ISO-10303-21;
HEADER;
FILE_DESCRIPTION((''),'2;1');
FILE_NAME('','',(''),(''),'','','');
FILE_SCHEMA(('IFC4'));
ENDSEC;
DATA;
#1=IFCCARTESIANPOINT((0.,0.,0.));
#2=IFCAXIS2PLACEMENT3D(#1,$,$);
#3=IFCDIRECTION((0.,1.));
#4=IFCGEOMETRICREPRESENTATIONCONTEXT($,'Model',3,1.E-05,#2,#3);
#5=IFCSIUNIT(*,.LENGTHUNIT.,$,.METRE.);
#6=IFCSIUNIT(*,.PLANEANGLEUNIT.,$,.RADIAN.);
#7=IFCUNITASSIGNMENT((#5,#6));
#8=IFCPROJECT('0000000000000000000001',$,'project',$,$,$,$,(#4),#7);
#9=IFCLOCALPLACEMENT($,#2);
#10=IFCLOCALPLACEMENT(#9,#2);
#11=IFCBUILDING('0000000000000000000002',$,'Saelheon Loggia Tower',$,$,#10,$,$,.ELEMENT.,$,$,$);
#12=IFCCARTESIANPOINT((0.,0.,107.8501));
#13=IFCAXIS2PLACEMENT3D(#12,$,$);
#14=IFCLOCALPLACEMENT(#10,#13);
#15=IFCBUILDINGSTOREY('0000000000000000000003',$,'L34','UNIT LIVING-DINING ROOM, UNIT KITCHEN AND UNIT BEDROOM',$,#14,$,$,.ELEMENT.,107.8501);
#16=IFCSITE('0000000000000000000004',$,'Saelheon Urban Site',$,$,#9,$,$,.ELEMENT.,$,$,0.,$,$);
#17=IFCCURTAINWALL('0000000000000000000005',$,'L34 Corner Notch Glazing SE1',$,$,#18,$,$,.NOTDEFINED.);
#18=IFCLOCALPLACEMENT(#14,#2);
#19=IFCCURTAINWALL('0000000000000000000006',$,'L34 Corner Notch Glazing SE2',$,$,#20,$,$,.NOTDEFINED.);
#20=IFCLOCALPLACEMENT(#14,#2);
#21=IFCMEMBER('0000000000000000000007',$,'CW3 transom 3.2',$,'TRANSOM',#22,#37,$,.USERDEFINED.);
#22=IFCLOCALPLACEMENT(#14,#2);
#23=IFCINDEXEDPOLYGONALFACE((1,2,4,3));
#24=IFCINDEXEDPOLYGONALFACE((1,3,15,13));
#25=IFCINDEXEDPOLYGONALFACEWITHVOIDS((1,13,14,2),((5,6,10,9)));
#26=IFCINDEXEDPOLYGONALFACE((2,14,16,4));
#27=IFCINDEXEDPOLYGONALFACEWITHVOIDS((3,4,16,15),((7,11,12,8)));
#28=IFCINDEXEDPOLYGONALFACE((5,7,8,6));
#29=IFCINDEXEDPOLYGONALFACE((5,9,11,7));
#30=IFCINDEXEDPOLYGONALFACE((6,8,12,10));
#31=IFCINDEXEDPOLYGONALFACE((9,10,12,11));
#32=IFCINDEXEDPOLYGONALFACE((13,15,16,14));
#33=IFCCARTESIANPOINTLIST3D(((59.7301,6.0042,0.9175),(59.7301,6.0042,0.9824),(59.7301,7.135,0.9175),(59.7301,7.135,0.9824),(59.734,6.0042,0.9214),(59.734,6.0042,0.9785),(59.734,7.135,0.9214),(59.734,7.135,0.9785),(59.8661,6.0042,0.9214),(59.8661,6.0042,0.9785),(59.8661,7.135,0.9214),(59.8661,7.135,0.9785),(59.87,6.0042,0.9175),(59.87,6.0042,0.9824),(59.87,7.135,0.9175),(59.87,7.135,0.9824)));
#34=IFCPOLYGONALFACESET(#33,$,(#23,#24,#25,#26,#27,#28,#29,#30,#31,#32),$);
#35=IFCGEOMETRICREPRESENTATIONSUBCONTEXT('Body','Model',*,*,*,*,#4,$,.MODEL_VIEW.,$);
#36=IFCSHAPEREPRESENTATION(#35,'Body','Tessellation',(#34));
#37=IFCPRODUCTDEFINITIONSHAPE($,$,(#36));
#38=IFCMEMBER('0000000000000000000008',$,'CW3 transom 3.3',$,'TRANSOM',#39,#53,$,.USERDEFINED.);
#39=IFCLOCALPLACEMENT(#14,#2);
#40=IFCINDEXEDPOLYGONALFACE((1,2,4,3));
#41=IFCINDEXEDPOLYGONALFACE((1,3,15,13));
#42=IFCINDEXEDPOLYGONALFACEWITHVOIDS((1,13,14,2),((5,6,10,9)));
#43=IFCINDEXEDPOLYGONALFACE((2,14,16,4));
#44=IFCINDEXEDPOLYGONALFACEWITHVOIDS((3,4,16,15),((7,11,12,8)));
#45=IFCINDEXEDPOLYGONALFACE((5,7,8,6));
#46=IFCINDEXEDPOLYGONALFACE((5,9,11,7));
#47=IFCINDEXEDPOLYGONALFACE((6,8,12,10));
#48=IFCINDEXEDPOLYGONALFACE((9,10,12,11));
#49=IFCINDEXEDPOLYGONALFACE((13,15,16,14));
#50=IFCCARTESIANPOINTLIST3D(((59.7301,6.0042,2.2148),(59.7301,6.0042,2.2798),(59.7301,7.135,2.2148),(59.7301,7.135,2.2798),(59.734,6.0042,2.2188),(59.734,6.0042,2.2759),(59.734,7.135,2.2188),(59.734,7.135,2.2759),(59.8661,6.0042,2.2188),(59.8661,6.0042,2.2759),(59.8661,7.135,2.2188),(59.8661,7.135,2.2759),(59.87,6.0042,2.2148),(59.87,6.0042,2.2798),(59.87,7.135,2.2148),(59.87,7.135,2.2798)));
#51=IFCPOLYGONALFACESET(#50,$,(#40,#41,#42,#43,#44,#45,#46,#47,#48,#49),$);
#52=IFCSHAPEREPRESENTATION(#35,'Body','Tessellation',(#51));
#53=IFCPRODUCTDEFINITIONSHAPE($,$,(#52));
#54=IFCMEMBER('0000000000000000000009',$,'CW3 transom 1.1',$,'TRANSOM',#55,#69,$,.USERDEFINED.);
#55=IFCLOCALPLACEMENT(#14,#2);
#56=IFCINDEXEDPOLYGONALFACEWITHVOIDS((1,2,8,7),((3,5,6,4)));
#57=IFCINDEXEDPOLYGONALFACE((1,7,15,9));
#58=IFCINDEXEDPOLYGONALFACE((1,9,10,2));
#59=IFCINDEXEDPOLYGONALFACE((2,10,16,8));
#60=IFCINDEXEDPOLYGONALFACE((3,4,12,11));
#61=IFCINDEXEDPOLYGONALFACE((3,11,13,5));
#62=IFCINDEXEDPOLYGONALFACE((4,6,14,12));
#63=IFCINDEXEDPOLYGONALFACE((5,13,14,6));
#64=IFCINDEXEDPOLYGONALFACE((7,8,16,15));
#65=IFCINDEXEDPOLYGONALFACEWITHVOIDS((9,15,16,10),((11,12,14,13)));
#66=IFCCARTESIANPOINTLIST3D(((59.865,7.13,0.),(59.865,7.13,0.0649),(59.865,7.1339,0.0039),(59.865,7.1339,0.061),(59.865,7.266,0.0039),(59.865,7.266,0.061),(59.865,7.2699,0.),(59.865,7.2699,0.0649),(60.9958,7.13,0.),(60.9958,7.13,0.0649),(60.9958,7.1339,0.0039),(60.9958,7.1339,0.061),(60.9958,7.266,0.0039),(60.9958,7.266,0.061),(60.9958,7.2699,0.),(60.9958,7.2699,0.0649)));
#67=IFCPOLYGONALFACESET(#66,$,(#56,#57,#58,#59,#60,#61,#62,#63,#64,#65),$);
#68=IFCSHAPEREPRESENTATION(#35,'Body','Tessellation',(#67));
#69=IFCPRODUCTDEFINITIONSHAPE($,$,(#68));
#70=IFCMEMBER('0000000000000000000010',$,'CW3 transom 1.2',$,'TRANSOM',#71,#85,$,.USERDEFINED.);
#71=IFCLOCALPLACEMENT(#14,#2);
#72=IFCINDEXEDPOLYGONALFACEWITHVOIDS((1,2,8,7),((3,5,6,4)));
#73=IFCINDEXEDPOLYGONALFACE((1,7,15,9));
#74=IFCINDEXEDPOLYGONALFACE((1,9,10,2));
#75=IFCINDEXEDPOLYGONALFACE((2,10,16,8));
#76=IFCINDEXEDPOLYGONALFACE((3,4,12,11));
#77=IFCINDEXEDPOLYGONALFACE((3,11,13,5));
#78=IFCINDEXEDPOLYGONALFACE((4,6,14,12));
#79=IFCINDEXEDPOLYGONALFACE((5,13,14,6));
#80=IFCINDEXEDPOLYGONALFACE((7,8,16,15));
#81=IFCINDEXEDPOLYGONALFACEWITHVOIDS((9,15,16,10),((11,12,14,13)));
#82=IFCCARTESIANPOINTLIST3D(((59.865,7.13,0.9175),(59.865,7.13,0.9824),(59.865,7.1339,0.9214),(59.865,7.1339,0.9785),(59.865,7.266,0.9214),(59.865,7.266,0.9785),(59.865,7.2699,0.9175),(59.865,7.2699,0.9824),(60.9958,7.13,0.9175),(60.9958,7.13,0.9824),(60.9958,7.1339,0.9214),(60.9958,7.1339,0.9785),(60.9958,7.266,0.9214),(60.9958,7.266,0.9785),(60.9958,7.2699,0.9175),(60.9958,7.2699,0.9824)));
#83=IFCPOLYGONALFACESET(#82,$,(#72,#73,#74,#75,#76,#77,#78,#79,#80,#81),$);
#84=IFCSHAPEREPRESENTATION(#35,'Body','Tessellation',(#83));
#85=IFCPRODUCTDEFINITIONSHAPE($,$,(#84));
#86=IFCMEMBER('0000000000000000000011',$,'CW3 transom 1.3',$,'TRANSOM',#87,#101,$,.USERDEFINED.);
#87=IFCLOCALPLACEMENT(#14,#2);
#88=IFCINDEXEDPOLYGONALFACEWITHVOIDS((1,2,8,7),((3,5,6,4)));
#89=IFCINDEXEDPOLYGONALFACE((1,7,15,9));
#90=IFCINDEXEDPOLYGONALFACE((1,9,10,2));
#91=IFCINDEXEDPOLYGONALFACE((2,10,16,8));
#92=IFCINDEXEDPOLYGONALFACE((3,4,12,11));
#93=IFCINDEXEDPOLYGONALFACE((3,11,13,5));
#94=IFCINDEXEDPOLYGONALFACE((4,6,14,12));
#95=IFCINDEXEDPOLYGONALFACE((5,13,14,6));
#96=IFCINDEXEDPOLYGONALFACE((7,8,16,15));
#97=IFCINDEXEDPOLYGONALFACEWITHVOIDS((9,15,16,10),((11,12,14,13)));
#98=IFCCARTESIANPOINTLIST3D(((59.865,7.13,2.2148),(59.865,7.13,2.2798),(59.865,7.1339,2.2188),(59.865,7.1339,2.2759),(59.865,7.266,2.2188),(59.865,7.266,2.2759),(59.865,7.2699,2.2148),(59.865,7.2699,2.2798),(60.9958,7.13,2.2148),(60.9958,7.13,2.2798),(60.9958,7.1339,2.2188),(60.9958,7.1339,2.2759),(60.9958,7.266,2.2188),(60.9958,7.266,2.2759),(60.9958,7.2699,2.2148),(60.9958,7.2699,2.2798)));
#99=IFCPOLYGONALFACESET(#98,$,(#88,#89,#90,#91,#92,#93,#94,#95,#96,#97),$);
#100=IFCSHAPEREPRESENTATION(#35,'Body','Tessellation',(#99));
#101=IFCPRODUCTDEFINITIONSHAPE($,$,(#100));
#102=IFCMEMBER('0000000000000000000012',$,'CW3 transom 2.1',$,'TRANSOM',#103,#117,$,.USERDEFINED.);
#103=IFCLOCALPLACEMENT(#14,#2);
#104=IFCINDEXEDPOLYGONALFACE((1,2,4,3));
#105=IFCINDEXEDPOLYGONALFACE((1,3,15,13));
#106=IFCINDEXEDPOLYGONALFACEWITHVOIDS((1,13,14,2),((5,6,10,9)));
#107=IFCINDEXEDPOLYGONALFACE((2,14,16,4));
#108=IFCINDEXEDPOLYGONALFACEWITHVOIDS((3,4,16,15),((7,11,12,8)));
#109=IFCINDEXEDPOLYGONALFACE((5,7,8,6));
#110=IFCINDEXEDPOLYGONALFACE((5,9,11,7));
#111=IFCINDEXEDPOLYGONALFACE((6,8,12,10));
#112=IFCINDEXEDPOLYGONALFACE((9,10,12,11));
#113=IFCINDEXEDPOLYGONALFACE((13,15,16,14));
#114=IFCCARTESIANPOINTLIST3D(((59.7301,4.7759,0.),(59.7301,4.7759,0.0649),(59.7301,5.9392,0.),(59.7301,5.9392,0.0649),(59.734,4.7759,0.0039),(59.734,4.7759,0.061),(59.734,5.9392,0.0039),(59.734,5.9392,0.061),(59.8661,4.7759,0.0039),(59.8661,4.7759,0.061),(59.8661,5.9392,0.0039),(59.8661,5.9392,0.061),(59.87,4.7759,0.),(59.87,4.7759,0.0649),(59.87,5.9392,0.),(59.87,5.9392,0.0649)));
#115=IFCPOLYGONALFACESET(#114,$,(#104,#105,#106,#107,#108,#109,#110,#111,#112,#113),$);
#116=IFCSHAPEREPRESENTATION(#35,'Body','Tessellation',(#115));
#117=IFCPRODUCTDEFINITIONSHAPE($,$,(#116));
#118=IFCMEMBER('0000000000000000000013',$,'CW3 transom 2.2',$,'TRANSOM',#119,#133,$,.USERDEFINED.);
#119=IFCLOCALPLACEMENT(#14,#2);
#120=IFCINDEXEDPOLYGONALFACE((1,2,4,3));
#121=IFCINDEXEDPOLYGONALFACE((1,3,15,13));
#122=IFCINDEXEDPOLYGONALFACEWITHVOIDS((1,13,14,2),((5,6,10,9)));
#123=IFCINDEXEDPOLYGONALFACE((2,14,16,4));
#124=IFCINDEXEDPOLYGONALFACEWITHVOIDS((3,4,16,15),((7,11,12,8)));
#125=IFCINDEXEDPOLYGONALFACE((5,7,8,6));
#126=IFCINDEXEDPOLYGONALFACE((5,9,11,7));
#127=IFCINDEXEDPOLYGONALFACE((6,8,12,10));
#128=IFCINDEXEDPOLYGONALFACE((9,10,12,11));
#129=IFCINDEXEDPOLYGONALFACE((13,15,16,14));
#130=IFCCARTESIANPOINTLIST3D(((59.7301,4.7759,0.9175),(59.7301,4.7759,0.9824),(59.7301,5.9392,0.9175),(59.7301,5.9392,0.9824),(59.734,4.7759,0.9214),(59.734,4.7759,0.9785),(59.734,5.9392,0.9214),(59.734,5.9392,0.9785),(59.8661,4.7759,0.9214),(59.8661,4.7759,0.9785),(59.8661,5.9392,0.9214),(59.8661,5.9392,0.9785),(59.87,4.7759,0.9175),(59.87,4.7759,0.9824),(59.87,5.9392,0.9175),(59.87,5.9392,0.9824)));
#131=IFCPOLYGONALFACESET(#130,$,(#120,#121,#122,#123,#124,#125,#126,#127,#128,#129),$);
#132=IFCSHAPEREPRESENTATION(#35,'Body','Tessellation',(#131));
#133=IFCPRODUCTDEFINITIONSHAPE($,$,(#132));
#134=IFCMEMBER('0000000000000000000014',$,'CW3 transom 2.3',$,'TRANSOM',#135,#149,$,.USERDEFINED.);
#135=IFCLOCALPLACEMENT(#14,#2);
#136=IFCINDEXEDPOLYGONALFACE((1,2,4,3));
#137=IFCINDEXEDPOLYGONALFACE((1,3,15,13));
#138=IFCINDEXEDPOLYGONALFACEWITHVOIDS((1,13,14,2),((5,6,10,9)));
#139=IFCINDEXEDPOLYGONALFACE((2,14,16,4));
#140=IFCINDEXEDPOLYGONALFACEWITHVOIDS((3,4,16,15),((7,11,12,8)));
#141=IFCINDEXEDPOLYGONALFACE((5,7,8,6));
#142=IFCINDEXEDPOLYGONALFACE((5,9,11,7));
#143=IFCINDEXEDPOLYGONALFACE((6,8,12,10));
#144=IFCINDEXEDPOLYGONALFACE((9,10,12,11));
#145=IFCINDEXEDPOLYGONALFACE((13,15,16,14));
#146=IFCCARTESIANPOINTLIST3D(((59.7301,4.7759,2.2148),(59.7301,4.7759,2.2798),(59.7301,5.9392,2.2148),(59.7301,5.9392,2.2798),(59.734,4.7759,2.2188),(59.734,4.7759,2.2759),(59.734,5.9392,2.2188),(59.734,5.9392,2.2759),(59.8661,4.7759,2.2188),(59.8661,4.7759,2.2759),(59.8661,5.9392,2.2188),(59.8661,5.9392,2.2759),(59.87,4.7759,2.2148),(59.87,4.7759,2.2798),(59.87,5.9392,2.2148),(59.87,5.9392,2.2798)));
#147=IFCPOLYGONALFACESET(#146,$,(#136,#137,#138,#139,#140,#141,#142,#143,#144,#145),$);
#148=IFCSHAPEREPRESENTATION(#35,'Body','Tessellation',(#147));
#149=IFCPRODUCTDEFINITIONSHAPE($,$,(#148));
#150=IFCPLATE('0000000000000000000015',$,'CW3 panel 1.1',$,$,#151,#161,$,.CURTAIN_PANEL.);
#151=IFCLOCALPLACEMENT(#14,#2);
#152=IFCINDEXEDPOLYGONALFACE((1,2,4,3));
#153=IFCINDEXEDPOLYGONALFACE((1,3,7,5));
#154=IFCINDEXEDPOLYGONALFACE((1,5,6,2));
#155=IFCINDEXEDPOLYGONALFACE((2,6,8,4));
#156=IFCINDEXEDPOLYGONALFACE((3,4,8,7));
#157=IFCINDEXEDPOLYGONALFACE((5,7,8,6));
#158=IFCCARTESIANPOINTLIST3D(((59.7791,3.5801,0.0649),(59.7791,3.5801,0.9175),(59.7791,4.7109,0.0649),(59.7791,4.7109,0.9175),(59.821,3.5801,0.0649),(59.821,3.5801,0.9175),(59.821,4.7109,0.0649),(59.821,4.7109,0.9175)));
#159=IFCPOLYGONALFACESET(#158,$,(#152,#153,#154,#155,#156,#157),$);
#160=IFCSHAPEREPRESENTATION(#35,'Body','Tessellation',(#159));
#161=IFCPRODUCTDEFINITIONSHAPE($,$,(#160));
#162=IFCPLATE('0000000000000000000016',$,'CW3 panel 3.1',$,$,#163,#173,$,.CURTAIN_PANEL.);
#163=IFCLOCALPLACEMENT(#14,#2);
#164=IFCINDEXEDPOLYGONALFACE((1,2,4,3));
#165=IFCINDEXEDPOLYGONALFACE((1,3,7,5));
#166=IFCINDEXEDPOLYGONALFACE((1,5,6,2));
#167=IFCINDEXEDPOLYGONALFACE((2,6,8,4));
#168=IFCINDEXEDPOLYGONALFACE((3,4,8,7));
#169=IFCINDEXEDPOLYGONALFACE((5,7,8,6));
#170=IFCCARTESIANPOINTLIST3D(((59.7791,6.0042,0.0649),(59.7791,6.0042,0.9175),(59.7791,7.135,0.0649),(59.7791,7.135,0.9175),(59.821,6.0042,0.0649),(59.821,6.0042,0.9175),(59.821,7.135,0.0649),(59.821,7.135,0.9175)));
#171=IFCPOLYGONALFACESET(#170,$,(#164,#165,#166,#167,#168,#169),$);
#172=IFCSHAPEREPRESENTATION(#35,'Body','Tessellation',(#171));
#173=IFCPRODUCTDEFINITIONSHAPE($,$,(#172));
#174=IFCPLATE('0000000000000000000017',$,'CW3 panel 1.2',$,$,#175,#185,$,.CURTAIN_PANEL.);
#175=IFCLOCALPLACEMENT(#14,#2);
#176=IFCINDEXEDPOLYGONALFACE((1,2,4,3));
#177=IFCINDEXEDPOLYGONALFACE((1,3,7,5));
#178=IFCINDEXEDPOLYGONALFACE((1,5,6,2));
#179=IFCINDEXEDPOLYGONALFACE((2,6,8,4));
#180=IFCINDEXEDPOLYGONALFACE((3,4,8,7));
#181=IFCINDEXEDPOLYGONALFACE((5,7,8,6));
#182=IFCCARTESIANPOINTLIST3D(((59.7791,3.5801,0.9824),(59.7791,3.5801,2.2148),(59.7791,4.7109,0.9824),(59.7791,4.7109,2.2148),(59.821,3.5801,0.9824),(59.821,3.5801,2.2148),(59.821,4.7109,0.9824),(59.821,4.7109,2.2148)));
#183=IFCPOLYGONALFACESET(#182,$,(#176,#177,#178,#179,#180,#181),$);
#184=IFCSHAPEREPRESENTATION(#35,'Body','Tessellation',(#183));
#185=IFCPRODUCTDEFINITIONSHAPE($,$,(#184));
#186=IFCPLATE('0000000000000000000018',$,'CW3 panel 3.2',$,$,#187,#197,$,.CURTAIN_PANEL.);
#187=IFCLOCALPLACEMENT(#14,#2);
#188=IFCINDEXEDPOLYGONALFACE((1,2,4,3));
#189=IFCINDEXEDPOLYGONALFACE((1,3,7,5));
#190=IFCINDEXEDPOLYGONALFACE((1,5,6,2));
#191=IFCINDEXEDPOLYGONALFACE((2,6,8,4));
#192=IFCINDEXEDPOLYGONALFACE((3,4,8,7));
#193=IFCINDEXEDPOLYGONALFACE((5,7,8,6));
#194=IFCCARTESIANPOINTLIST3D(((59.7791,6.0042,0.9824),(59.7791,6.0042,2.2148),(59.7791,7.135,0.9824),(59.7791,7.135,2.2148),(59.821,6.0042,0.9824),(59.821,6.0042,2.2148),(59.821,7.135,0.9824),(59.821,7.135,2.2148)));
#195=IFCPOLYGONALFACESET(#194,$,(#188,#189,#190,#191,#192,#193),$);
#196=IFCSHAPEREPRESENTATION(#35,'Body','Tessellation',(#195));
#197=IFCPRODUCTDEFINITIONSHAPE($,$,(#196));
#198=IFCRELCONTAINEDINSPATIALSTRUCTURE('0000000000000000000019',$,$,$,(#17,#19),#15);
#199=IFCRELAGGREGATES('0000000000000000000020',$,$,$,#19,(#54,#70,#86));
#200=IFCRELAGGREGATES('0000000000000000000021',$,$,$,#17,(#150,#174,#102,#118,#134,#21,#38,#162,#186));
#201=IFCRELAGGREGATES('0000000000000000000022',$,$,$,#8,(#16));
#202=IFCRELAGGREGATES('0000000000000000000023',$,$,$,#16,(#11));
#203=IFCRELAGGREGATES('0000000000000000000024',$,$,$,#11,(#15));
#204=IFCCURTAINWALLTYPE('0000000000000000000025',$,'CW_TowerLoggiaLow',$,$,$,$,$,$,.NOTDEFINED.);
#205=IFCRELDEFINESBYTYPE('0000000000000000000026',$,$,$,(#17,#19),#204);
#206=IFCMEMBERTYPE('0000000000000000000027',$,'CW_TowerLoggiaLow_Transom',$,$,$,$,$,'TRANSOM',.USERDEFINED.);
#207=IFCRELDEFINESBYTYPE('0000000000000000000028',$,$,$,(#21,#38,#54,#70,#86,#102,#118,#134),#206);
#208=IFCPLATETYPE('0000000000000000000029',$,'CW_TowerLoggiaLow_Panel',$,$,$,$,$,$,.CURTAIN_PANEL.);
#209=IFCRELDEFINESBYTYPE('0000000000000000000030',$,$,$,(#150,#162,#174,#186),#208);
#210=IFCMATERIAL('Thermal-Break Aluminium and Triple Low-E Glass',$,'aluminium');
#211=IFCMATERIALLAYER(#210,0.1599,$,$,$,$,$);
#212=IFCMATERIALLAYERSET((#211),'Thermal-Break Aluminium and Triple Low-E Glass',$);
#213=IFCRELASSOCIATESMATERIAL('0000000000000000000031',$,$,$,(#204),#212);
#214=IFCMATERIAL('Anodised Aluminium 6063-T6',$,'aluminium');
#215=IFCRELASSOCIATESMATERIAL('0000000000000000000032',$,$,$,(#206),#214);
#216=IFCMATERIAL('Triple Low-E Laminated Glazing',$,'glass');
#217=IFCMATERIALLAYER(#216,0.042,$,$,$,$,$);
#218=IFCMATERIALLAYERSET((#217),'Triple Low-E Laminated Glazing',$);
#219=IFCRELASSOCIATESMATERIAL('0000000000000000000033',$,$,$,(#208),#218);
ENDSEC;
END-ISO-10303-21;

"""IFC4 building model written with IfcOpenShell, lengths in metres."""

from ifc_helpers import new_model, si_unit, direction, frame, origin, origin_2d, place, context, subcontext, project, spatial, rectangle, hollow_rectangle, extrude, source, transform, mapped, material, layer, layer_set, material_profile, profile_set, type_object, element, aggregate, save


model = new_model("IFC4")

# Units and contexts
model_context = context("Model", 3, precision=1e-05, world=origin(), true_north=direction((0.0, 1.0)))
body_context = subcontext(model_context, "Body", "Model", "MODEL_VIEW")
ifc_project = project(units=[si_unit("LENGTHUNIT", "METRE"), si_unit("PLANEANGLEUNIT", "RADIAN")], contexts=[model_context])

# Site, building, storey
site_placement = place(None, origin())
site = spatial("IfcSite", under=ifc_project, at=site_placement, Name="Saelheon Urban Site", CompositionType="ELEMENT", RefElevation=0.0)
building_placement = place(site_placement, origin())
building = spatial("IfcBuilding", under=site, at=building_placement, Name="Saelheon Loggia Tower", CompositionType="ELEMENT")
storey_placement = place(building_placement, frame((0.0, 0.0, 107.8501)))
storey = spatial("IfcBuildingStorey", under=building, at=storey_placement, Name="L34", Description="UNIT LIVING-DINING ROOM, UNIT KITCHEN AND UNIT BEDROOM", CompositionType="ELEMENT", Elevation=107.8501)

# Curtain wall
ifc_material_1 = material(Name="Thermal-Break Aluminium and Triple Low-E Glass", Category="aluminium")
ifc_layer_1 = layer(ifc_material_1, 0.1599)
ifc_layer_set_1 = layer_set([ifc_layer_1], Name="Thermal-Break Aluminium and Triple Low-E Glass")
curtain_wall_type = type_object("IfcCurtainWallType", Name="CW_TowerLoggiaLow", PredefinedType="NOTDEFINED", material=ifc_layer_set_1)
curtain_wall_1_placement = place(storey_placement, origin())
curtain_wall_1 = element("IfcCurtainWall", 1, at=curtain_wall_1_placement, inside=storey, type_object=curtain_wall_type, Name="L34 Corner Notch Glazing SE1", PredefinedType="NOTDEFINED")
ifc_material_2 = material(Name="Anodised Aluminium 6063-T6", Category="aluminium")

# Curtain wall
curtain_wall_2_placement = place(storey_placement, origin())
curtain_wall_2 = element("IfcCurtainWall", 2, at=curtain_wall_2_placement, inside=storey, type_object=curtain_wall_type, Name="L34 Corner Notch Glazing SE2", PredefinedType="NOTDEFINED")

# Members
ifc_material_profile_1 = material_profile(ifc_material_2, hollow_rectangle(XDim=0.0649, YDim=0.1399, WallThickness=0.0039, at=origin_2d()), Name="RHS-140x65x4")
ifc_profile_set_1 = profile_set([ifc_material_profile_1], Name="Anodised Aluminium 6063-T6")
member_type_1 = type_object("IfcMemberType", Name="CW_TowerLoggiaLow_Transom", ElementType="TRANSOM", PredefinedType="USERDEFINED", material=ifc_profile_set_1)
shared_shape_1 = source(origin(), body_context, "Body", "SweptSolid", [
    extrude(hollow_rectangle(XDim=0.0649, YDim=0.1399, WallThickness=0.0039, at=origin_2d()), origin(), (0.0, 0.0, 1.0), 1.1309),
])
member_1_placement = place(storey_placement, frame((59.8, 6.0042, 0.95), z_axis=(0.0, 1.0, 0.0), x_axis=(0.0, 0.0, 1.0)))
member_1 = element("IfcMember", 3, at=member_1_placement, type_object=member_type_1, Name="CW3 transom 3.2", ObjectType="TRANSOM", PredefinedType="USERDEFINED", context=body_context, shape_type="MappedRepresentation", body=[
    mapped(shared_shape_1, transform((0.0, 0.0, 0.0), scale=1.0)),
])
member_2_placement = place(storey_placement, frame((59.8, 6.0042, 2.2473), z_axis=(0.0, 1.0, 0.0), x_axis=(0.0, 0.0, 1.0)))
member_2 = element("IfcMember", 4, at=member_2_placement, type_object=member_type_1, Name="CW3 transom 3.3", ObjectType="TRANSOM", PredefinedType="USERDEFINED", context=body_context, shape_type="MappedRepresentation", body=[
    mapped(shared_shape_1, transform((0.0, 0.0, 0.0), scale=1.0)),
])
member_3_placement = place(storey_placement, frame((59.865, 7.2, 0.0325), z_axis=(1.0, 0.0, 0.0), x_axis=(0.0, 0.0, 1.0)))
member_3 = element("IfcMember", 5, at=member_3_placement, type_object=member_type_1, Name="CW3 transom 1.1", ObjectType="TRANSOM", PredefinedType="USERDEFINED", context=body_context, shape_type="MappedRepresentation", body=[
    mapped(shared_shape_1, transform((0.0, 0.0, 0.0), scale=1.0)),
])
member_4_placement = place(storey_placement, frame((59.865, 7.2, 0.95), z_axis=(1.0, 0.0, 0.0), x_axis=(0.0, 0.0, 1.0)))
member_4 = element("IfcMember", 6, at=member_4_placement, type_object=member_type_1, Name="CW3 transom 1.2", ObjectType="TRANSOM", PredefinedType="USERDEFINED", context=body_context, shape_type="MappedRepresentation", body=[
    mapped(shared_shape_1, transform((0.0, 0.0, 0.0), scale=1.0)),
])
member_5_placement = place(storey_placement, frame((59.865, 7.2, 2.2473), z_axis=(1.0, 0.0, 0.0), x_axis=(0.0, 0.0, 1.0)))
member_5 = element("IfcMember", 7, at=member_5_placement, type_object=member_type_1, Name="CW3 transom 1.3", ObjectType="TRANSOM", PredefinedType="USERDEFINED", context=body_context, shape_type="MappedRepresentation", body=[
    mapped(shared_shape_1, transform((0.0, 0.0, 0.0), scale=1.0)),
])
aggregate(curtain_wall_2, [member_3, member_4, member_5])
shared_shape_2 = source(origin(), body_context, "Body", "SweptSolid", [
    extrude(hollow_rectangle(XDim=0.0649, YDim=0.1399, WallThickness=0.0039, at=origin_2d()), origin(), (0.0, 0.0, 1.0), 1.1633),
])
member_6_placement = place(storey_placement, frame((59.8, 4.7759, 0.0325), z_axis=(0.0, 1.0, 0.0), x_axis=(0.0, 0.0, 1.0)))
member_6 = element("IfcMember", 8, at=member_6_placement, type_object=member_type_1, Name="CW3 transom 2.1", ObjectType="TRANSOM", PredefinedType="USERDEFINED", context=body_context, shape_type="MappedRepresentation", body=[
    mapped(shared_shape_2, transform((0.0, 0.0, 0.0), scale=1.0)),
])
member_7_placement = place(storey_placement, frame((59.8, 4.7759, 0.95), z_axis=(0.0, 1.0, 0.0), x_axis=(0.0, 0.0, 1.0)))
member_7 = element("IfcMember", 9, at=member_7_placement, type_object=member_type_1, Name="CW3 transom 2.2", ObjectType="TRANSOM", PredefinedType="USERDEFINED", context=body_context, shape_type="MappedRepresentation", body=[
    mapped(shared_shape_2, transform((0.0, 0.0, 0.0), scale=1.0)),
])
member_8_placement = place(storey_placement, frame((59.8, 4.7759, 2.2473), z_axis=(0.0, 1.0, 0.0), x_axis=(0.0, 0.0, 1.0)))
member_8 = element("IfcMember", 10, at=member_8_placement, type_object=member_type_1, Name="CW3 transom 2.3", ObjectType="TRANSOM", PredefinedType="USERDEFINED", context=body_context, shape_type="MappedRepresentation", body=[
    mapped(shared_shape_2, transform((0.0, 0.0, 0.0), scale=1.0)),
])

# Plates
ifc_material_3 = material(Name="Triple Low-E Laminated Glazing", Category="glass")
ifc_layer_2 = layer(ifc_material_3, 0.042)
ifc_layer_set_2 = layer_set([ifc_layer_2], Name="Triple Low-E Laminated Glazing")
plate_type = type_object("IfcPlateType", Name="CW_TowerLoggiaLow_Panel", PredefinedType="CURTAIN_PANEL", material=ifc_layer_set_2)
shared_shape_3 = source(origin(), body_context, "Body", "SweptSolid", [
    extrude(rectangle(XDim=1.1309, YDim=0.042, at=origin_2d()), origin(), (0.0, 0.0, 1.0), 0.8525),
])
plate_1_placement = place(storey_placement, frame((59.8, 4.1455, 0.0649), z_axis=(0.0, 0.0, 1.0), x_axis=(0.0, 1.0, 0.0)))
plate_1 = element("IfcPlate", 11, at=plate_1_placement, type_object=plate_type, Name="CW3 panel 1.1", PredefinedType="CURTAIN_PANEL", context=body_context, shape_type="MappedRepresentation", body=[
    mapped(shared_shape_3, transform((0.0, 0.0, 0.0), scale=1.0)),
])
plate_2_placement = place(storey_placement, frame((59.8, 6.5696, 0.0649), z_axis=(0.0, 0.0, 1.0), x_axis=(0.0, 1.0, 0.0)))
plate_2 = element("IfcPlate", 12, at=plate_2_placement, type_object=plate_type, Name="CW3 panel 3.1", PredefinedType="CURTAIN_PANEL", context=body_context, shape_type="MappedRepresentation", body=[
    mapped(shared_shape_3, transform((0.0, 0.0, 0.0), scale=1.0)),
])
shared_shape_4 = source(origin(), body_context, "Body", "SweptSolid", [
    extrude(rectangle(XDim=1.1309, YDim=0.042, at=origin_2d()), origin(), (0.0, 0.0, 1.0), 1.2324),
])
plate_3_placement = place(storey_placement, frame((59.8, 4.1455, 0.9824), z_axis=(0.0, 0.0, 1.0), x_axis=(0.0, 1.0, 0.0)))
plate_3 = element("IfcPlate", 13, at=plate_3_placement, type_object=plate_type, Name="CW3 panel 1.2", PredefinedType="CURTAIN_PANEL", context=body_context, shape_type="MappedRepresentation", body=[
    mapped(shared_shape_4, transform((0.0, 0.0, 0.0), scale=1.0)),
])
plate_4_placement = place(storey_placement, frame((59.8, 6.5696, 0.9824), z_axis=(0.0, 0.0, 1.0), x_axis=(0.0, 1.0, 0.0)))
plate_4 = element("IfcPlate", 14, at=plate_4_placement, type_object=plate_type, Name="CW3 panel 3.2", PredefinedType="CURTAIN_PANEL", context=body_context, shape_type="MappedRepresentation", body=[
    mapped(shared_shape_4, transform((0.0, 0.0, 0.0), scale=1.0)),
])
aggregate(curtain_wall_1, [plate_1, plate_3, member_6, member_7, member_8, member_1, member_2, plate_2, plate_4])

save(model, "model.ifc")
